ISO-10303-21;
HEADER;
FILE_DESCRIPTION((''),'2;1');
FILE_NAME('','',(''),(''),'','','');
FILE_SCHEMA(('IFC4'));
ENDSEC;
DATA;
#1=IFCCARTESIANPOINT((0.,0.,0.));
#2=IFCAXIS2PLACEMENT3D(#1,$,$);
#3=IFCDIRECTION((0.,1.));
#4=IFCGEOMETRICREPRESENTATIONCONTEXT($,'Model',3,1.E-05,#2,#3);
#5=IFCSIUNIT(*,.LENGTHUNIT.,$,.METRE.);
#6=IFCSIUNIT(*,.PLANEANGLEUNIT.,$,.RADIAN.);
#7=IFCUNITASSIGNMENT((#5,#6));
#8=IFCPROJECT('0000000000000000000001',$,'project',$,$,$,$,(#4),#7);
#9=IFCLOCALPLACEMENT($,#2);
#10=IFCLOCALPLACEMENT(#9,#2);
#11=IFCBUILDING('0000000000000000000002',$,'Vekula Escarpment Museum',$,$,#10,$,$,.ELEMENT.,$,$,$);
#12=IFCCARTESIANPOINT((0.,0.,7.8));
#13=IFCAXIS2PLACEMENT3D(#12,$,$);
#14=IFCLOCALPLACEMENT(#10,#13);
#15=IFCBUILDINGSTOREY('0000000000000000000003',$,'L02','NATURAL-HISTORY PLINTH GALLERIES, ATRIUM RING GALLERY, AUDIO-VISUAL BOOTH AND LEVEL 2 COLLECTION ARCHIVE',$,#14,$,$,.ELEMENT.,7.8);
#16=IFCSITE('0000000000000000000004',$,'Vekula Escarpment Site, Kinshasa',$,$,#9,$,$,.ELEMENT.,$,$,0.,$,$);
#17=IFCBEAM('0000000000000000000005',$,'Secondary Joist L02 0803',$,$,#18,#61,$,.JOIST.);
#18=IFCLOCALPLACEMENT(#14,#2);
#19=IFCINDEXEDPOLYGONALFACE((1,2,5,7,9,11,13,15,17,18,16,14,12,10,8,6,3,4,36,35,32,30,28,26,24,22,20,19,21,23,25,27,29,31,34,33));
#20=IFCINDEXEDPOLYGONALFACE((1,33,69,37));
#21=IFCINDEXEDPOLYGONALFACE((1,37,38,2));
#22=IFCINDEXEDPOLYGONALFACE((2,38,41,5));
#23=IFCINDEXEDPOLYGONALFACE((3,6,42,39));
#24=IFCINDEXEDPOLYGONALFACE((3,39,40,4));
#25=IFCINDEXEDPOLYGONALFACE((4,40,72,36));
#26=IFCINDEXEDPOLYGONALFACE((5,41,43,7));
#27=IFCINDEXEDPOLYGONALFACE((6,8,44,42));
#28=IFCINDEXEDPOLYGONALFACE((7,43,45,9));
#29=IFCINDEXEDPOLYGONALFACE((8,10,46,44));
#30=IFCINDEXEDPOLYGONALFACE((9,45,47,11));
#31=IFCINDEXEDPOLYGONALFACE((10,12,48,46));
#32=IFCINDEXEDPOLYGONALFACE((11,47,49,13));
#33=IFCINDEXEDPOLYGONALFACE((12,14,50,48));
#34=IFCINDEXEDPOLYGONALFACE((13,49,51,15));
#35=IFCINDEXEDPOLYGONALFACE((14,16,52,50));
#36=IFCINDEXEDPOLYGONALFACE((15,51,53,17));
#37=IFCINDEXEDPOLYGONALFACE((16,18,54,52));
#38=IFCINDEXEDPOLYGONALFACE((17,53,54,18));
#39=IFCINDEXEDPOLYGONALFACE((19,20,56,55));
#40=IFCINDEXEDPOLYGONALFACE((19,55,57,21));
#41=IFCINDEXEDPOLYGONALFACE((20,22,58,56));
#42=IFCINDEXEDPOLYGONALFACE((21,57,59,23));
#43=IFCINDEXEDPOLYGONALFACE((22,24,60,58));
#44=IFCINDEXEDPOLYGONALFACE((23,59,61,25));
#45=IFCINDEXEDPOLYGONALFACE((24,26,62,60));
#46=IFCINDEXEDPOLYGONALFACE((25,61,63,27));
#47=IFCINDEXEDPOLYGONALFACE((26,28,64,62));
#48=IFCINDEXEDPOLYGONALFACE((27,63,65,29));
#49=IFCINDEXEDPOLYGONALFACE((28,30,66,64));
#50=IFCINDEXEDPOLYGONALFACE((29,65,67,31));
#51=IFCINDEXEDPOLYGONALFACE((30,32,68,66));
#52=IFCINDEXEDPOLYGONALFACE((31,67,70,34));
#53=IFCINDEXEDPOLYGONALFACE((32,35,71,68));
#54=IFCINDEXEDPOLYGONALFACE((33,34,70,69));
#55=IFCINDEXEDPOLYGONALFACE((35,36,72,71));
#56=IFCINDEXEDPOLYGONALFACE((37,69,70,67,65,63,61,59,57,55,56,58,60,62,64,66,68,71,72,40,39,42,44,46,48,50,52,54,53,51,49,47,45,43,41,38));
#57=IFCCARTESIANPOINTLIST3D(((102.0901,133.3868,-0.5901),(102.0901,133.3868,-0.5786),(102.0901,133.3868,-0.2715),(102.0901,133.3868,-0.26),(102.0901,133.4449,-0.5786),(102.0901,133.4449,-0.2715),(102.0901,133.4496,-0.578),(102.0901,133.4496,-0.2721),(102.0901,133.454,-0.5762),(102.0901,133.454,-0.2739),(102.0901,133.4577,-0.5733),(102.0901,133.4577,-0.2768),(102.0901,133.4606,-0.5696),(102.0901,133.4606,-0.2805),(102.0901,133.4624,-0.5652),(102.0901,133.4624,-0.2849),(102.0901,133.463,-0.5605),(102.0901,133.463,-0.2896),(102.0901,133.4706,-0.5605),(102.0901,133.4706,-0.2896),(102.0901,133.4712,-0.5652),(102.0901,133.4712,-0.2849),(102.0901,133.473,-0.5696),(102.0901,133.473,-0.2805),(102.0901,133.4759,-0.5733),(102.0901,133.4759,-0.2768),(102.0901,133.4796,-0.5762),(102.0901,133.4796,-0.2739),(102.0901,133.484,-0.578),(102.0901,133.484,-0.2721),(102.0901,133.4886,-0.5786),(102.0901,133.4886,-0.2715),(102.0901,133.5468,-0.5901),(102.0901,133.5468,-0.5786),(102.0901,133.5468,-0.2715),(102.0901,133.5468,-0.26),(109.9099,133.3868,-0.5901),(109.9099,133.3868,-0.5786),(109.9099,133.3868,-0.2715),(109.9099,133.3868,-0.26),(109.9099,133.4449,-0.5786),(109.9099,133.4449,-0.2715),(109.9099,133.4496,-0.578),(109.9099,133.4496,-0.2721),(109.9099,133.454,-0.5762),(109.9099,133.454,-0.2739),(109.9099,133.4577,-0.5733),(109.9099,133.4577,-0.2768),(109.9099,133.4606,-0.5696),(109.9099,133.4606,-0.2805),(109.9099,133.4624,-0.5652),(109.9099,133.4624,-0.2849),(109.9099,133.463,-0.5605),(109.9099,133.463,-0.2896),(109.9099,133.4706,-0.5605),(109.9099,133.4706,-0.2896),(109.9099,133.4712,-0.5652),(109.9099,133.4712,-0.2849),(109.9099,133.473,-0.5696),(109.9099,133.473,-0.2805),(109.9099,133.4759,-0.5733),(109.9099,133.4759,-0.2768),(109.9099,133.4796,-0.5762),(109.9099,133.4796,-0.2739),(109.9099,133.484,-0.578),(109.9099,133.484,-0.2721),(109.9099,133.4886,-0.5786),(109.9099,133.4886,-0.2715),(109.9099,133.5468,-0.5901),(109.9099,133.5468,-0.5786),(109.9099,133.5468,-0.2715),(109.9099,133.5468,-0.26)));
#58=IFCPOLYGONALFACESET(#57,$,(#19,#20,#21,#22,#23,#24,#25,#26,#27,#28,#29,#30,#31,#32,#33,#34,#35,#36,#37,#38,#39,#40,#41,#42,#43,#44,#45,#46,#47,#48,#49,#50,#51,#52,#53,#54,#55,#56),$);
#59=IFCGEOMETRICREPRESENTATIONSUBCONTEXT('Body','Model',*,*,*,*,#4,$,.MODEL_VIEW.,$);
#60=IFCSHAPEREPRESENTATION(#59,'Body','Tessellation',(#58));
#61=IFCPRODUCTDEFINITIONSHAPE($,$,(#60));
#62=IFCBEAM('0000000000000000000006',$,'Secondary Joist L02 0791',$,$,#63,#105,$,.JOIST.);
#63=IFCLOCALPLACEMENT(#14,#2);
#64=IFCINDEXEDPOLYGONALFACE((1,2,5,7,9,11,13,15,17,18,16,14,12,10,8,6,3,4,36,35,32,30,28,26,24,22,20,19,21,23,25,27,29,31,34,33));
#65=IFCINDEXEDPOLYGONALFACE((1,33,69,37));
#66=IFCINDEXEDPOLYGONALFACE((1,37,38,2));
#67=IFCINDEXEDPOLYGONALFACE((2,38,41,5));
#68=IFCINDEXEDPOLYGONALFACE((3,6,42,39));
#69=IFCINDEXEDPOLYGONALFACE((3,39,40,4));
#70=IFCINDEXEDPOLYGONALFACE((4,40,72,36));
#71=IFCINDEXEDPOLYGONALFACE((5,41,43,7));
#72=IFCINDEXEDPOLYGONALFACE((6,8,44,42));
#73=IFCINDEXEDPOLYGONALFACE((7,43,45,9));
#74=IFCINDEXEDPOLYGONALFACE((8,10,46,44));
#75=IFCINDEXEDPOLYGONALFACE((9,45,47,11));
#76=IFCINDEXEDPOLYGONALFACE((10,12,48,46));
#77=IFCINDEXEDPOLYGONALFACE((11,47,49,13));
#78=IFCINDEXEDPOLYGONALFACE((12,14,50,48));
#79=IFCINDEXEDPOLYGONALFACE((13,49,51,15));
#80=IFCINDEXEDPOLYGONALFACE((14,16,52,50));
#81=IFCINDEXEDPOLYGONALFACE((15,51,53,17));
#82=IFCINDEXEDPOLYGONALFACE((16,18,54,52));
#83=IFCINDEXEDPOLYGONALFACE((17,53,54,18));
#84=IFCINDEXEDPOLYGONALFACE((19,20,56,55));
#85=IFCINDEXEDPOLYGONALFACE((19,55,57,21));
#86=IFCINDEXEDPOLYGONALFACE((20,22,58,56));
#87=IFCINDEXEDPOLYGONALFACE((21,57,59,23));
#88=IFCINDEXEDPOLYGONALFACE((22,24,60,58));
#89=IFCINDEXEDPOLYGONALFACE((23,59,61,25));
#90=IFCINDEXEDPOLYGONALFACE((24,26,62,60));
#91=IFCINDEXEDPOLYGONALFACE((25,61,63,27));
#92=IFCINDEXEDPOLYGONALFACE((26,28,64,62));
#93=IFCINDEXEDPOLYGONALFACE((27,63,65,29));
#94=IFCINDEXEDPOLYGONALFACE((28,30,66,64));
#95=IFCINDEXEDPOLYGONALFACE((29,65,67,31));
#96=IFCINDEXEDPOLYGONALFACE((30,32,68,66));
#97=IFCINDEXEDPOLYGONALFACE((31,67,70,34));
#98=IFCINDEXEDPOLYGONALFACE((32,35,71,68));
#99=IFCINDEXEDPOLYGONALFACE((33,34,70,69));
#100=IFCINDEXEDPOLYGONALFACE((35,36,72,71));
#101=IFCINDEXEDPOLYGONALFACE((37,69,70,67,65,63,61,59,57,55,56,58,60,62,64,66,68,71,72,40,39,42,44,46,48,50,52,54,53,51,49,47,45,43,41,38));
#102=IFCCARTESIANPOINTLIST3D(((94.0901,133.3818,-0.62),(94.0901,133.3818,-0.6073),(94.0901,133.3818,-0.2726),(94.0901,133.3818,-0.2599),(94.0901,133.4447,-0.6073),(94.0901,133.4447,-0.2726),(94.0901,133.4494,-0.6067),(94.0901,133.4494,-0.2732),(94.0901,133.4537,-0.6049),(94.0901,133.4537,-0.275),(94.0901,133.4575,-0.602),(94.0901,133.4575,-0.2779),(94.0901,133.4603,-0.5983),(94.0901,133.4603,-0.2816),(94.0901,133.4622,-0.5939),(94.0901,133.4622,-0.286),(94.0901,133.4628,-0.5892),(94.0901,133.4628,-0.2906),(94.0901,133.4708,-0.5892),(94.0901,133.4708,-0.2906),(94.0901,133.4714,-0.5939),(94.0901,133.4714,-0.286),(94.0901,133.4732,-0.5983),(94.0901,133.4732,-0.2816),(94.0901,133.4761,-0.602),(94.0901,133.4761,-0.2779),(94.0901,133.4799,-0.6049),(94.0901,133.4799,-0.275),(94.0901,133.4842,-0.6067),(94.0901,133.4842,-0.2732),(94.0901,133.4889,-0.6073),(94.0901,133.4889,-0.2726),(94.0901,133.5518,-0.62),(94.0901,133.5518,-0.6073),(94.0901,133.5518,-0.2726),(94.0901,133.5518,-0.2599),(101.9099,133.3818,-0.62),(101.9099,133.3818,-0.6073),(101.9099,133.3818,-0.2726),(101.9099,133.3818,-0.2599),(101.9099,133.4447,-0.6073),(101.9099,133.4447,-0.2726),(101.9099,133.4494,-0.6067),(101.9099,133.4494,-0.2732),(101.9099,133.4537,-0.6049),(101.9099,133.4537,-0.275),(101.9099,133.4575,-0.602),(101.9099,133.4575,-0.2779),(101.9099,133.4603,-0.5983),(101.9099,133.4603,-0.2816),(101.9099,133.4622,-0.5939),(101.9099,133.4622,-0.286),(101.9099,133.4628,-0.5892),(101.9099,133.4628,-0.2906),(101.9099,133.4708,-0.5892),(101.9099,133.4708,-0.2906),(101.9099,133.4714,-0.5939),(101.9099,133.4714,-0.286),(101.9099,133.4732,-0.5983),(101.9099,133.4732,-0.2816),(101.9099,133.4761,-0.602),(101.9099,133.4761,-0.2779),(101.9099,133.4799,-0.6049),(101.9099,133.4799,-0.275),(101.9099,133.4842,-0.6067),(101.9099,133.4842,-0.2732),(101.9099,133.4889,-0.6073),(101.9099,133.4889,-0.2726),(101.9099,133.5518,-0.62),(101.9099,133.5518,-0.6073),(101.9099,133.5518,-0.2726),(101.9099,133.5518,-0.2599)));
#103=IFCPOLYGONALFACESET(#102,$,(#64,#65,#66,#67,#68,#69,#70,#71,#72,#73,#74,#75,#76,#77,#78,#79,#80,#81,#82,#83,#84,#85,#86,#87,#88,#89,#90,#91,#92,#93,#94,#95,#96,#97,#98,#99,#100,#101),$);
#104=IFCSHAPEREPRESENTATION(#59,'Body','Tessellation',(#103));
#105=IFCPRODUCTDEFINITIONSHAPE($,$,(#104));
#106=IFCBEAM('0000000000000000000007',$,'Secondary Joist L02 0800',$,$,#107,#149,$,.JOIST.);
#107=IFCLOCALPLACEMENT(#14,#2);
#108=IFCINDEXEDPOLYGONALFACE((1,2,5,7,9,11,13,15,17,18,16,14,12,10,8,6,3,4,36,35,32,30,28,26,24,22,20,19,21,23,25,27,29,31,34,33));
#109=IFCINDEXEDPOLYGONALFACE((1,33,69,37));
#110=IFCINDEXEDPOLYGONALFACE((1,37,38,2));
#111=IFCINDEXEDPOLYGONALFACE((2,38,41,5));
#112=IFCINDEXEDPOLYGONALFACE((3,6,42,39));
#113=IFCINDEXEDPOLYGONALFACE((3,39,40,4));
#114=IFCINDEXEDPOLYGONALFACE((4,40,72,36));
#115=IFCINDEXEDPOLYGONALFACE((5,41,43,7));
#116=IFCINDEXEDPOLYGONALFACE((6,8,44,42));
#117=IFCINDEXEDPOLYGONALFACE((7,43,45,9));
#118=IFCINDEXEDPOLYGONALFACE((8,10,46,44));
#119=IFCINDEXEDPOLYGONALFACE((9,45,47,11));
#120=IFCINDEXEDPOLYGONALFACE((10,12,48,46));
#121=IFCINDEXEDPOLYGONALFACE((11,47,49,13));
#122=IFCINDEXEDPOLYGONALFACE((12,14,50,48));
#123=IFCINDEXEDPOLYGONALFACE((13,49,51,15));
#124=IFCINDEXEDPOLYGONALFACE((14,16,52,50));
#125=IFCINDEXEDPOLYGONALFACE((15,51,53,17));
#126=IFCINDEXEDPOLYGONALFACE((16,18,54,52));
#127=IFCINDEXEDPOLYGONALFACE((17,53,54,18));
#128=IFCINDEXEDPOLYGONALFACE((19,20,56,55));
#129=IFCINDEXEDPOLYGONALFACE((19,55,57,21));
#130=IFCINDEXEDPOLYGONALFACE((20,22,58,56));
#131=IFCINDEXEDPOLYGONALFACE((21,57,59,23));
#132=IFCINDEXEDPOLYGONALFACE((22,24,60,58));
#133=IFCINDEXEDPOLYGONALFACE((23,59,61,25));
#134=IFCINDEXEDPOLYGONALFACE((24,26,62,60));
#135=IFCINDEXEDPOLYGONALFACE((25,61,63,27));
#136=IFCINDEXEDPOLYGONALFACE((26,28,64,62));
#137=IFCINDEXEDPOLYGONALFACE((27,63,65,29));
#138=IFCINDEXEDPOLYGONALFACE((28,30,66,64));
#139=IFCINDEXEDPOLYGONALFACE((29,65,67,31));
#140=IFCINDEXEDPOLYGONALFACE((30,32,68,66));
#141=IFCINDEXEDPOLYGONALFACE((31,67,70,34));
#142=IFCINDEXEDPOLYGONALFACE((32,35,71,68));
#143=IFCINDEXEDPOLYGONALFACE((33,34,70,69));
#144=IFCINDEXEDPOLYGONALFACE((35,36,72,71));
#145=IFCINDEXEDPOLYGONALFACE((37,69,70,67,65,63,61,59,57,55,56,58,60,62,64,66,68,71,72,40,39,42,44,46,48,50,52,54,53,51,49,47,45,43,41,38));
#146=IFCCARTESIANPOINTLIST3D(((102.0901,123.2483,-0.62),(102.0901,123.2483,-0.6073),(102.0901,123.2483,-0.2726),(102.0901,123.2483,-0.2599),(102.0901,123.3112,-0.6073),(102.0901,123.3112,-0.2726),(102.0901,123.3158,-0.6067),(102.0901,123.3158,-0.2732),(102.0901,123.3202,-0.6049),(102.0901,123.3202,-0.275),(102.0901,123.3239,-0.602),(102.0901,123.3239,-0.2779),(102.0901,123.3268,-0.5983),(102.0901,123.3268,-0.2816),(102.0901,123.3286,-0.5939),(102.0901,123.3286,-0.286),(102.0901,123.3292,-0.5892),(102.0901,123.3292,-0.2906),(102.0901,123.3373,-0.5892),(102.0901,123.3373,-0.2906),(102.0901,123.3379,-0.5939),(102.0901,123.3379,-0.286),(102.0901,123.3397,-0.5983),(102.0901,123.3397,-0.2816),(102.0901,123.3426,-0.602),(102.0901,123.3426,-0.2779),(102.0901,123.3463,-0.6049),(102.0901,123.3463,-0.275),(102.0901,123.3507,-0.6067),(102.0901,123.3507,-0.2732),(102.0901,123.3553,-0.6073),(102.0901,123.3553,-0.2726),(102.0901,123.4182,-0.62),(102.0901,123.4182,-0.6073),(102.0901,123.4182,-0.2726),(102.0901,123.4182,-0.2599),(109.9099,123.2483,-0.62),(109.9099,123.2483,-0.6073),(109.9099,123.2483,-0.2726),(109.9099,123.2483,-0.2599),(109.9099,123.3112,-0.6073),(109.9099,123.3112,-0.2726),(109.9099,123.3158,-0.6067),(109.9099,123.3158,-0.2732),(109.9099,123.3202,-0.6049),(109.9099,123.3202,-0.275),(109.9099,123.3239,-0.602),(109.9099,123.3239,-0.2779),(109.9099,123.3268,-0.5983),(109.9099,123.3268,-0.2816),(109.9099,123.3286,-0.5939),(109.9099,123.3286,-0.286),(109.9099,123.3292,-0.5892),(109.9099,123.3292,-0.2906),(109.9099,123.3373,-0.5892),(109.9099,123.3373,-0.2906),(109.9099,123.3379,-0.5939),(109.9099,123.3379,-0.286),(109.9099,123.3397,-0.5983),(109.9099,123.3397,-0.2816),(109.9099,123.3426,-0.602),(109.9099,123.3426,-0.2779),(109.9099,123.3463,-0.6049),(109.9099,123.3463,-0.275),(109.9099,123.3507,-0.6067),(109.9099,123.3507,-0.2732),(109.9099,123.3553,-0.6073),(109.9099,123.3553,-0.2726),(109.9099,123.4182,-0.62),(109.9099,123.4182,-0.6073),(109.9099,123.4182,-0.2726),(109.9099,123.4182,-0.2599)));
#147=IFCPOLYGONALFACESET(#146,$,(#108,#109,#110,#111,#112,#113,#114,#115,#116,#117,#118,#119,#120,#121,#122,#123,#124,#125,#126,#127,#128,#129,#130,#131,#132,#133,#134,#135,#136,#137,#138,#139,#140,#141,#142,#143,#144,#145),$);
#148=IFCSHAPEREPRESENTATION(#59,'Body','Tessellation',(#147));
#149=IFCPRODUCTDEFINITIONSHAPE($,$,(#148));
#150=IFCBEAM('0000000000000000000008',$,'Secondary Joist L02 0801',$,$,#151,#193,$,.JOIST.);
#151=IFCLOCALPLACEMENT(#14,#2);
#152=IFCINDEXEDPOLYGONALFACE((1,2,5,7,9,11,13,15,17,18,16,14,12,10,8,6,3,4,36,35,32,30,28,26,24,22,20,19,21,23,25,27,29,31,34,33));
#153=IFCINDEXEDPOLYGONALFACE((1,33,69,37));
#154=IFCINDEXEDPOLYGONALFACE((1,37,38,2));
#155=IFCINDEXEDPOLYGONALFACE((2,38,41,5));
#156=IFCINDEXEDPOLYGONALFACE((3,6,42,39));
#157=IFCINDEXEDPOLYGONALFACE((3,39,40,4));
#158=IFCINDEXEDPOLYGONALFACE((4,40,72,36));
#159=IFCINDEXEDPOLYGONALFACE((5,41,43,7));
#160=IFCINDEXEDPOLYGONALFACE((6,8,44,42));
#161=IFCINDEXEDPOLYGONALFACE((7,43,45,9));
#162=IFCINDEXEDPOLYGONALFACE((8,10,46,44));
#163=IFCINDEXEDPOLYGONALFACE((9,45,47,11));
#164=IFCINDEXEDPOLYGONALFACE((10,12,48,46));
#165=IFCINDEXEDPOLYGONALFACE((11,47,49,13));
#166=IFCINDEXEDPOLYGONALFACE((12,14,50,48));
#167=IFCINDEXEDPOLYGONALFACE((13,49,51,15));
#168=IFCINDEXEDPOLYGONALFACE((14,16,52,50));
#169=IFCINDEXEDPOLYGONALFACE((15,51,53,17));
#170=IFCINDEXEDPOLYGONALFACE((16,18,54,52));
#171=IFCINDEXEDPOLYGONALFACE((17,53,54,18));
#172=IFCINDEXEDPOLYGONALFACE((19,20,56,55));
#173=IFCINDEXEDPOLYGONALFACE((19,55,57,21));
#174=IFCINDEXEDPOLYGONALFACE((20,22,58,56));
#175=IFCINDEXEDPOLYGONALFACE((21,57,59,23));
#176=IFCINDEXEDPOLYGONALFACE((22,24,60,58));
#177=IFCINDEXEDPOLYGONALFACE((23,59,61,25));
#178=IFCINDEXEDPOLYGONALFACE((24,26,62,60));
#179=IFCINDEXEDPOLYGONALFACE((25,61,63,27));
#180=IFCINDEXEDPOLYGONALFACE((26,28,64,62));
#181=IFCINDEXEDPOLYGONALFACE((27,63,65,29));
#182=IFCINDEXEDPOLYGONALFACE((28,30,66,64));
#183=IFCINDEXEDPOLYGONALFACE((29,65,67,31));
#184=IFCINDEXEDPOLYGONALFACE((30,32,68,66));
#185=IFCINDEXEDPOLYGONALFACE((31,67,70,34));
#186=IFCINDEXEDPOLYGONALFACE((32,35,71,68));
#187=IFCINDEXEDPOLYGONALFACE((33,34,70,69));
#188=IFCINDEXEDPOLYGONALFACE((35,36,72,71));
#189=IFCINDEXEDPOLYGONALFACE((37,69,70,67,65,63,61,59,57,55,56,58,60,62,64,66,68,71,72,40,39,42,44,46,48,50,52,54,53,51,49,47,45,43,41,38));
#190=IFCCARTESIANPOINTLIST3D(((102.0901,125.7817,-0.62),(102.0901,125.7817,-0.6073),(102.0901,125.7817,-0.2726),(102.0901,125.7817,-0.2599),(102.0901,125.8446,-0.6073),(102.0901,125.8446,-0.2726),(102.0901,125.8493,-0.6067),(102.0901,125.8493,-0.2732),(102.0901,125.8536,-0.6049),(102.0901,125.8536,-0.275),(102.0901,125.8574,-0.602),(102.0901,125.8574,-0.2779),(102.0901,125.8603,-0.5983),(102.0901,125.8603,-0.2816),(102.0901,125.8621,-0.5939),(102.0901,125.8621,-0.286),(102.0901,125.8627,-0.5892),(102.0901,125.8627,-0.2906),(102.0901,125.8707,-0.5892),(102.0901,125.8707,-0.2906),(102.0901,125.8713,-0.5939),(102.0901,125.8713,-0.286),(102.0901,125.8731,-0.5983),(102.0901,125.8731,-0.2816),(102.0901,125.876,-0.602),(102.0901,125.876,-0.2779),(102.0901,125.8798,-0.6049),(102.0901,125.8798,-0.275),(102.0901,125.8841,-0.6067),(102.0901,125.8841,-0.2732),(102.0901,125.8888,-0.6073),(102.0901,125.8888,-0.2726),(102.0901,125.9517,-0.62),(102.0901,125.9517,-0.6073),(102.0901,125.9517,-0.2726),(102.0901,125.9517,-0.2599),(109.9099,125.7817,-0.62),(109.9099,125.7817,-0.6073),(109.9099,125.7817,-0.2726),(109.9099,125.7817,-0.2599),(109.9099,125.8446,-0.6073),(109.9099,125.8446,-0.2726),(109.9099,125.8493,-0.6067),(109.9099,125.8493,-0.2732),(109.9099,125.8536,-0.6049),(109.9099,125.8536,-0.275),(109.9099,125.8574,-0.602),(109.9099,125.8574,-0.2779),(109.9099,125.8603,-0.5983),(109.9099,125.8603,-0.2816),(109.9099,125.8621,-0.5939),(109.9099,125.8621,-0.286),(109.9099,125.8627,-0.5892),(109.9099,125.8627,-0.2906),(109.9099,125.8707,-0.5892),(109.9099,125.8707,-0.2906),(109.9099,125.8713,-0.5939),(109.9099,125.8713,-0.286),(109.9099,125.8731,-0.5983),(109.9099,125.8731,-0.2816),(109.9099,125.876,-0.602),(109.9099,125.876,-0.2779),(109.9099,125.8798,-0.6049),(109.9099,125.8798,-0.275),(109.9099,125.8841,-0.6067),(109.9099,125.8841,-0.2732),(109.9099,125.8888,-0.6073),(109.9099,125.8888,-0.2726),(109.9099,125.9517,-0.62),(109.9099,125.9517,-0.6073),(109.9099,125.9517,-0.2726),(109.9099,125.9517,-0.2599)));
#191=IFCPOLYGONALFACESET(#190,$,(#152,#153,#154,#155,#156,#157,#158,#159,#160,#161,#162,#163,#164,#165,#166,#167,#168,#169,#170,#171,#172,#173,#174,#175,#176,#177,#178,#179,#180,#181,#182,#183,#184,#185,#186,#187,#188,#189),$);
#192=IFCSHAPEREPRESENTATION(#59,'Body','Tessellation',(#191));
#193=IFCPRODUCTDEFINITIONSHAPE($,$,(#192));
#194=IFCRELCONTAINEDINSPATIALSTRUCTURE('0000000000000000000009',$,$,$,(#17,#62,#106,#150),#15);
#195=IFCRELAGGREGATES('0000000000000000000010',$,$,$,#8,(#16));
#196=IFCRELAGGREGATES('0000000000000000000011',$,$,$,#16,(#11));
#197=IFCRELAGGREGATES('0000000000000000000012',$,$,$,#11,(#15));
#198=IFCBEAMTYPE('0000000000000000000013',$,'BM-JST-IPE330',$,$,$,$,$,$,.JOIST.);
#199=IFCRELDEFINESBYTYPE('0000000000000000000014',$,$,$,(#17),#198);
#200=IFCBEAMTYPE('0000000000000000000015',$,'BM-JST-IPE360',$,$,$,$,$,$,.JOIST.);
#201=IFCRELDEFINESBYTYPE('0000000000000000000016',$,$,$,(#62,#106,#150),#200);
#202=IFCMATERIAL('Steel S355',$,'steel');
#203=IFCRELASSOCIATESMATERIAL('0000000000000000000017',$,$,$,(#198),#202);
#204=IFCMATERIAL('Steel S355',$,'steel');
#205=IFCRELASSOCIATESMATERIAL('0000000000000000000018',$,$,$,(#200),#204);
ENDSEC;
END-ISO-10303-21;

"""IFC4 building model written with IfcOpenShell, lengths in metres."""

from ifc_helpers import new_model, si_unit, direction, frame, origin, origin_2d, place, context, subcontext, project, spatial, i_section, extrude, material, material_profile, profile_set, type_object, element, save


model = new_model("IFC4")

# Units and contexts
model_context = context("Model", 3, precision=1e-05, world=origin(), true_north=direction((0.0, 1.0)))
body_context = subcontext(model_context, "Body", "Model", "MODEL_VIEW")
ifc_project = project(units=[si_unit("LENGTHUNIT", "METRE"), si_unit("PLANEANGLEUNIT", "RADIAN")], contexts=[model_context])

# Site, building, storey
site_placement = place(None, origin())
site = spatial("IfcSite", under=ifc_project, at=site_placement, Name="Vekula Escarpment Site, Kinshasa", CompositionType="ELEMENT", RefElevation=0.0)
building_placement = place(site_placement, origin())
building = spatial("IfcBuilding", under=site, at=building_placement, Name="Vekula Escarpment Museum", CompositionType="ELEMENT")
storey_placement = place(building_placement, frame((0.0, 0.0, 7.8)))
storey = spatial("IfcBuildingStorey", under=building, at=storey_placement, Name="L02", Description="NATURAL-HISTORY PLINTH GALLERIES, ATRIUM RING GALLERY, AUDIO-VISUAL BOOTH AND LEVEL 2 COLLECTION ARCHIVE", CompositionType="ELEMENT", Elevation=7.8)

# Beams
ifc_material_1 = material(Name="Steel S355", Category="steel")
ifc_material_profile_1 = material_profile(ifc_material_1, i_section(OverallWidth=0.1599, OverallDepth=0.3301, WebThickness=0.0076, FlangeThickness=0.0115, FilletRadius=0.0181, at=origin_2d()), Name="IPE 330")
ifc_profile_set_1 = profile_set([ifc_material_profile_1], Name="Steel S355")
beam_type_1 = type_object("IfcBeamType", Name="BM-JST-IPE330", PredefinedType="JOIST", material=ifc_profile_set_1)
for number, where, z_axis, x_axis, name in (
    (1, (102.0901, 133.4668, -0.425), (1.0, 0.0, 0.0), (0.0, 1.0, 0.0), "Secondary Joist L02 0803"),
):
    element("IfcBeam", number, at=place(storey_placement, frame(where, z_axis=z_axis, x_axis=x_axis)), inside=storey, type_object=beam_type_1, Name=name, PredefinedType="JOIST", context=body_context, shape_type="SweptSolid", body=[
        extrude(i_section(OverallWidth=0.1599, OverallDepth=0.3301, WebThickness=0.0076, FlangeThickness=0.0115, FilletRadius=0.0181, at=origin_2d()), origin(), (0.0, 0.0, 1.0), 7.8198),
    ])
ifc_material_2 = material(Name="Steel S355", Category="steel")
ifc_material_profile_2 = material_profile(ifc_material_2, i_section(OverallWidth=0.1699, OverallDepth=0.3601, WebThickness=0.0081, FlangeThickness=0.0127, FilletRadius=0.0181, at=origin_2d()), Name="IPE 360")
ifc_profile_set_2 = profile_set([ifc_material_profile_2], Name="Steel S355")
beam_type_2 = type_object("IfcBeamType", Name="BM-JST-IPE360", PredefinedType="JOIST", material=ifc_profile_set_2)
for number, where, z_axis, x_axis, name in (
    (2, (94.0901, 133.4668, -0.4399), (1.0, 0.0, 0.0), (0.0, 1.0, 0.0), "Secondary Joist L02 0791"),
    (3, (102.0901, 123.3333, -0.4399), (1.0, 0.0, 0.0), (0.0, 1.0, 0.0), "Secondary Joist L02 0800"),
    (4, (102.0901, 125.8667, -0.4399), (1.0, 0.0, 0.0), (0.0, 1.0, 0.0), "Secondary Joist L02 0801"),
):
    element("IfcBeam", number, at=place(storey_placement, frame(where, z_axis=z_axis, x_axis=x_axis)), inside=storey, type_object=beam_type_2, Name=name, PredefinedType="JOIST", context=body_context, shape_type="SweptSolid", body=[
        extrude(i_section(OverallWidth=0.1699, OverallDepth=0.3601, WebThickness=0.0081, FlangeThickness=0.0127, FilletRadius=0.0181, at=origin_2d()), origin(), (0.0, 0.0, 1.0), 7.8198),
    ])

save(model, "model.ifc")
